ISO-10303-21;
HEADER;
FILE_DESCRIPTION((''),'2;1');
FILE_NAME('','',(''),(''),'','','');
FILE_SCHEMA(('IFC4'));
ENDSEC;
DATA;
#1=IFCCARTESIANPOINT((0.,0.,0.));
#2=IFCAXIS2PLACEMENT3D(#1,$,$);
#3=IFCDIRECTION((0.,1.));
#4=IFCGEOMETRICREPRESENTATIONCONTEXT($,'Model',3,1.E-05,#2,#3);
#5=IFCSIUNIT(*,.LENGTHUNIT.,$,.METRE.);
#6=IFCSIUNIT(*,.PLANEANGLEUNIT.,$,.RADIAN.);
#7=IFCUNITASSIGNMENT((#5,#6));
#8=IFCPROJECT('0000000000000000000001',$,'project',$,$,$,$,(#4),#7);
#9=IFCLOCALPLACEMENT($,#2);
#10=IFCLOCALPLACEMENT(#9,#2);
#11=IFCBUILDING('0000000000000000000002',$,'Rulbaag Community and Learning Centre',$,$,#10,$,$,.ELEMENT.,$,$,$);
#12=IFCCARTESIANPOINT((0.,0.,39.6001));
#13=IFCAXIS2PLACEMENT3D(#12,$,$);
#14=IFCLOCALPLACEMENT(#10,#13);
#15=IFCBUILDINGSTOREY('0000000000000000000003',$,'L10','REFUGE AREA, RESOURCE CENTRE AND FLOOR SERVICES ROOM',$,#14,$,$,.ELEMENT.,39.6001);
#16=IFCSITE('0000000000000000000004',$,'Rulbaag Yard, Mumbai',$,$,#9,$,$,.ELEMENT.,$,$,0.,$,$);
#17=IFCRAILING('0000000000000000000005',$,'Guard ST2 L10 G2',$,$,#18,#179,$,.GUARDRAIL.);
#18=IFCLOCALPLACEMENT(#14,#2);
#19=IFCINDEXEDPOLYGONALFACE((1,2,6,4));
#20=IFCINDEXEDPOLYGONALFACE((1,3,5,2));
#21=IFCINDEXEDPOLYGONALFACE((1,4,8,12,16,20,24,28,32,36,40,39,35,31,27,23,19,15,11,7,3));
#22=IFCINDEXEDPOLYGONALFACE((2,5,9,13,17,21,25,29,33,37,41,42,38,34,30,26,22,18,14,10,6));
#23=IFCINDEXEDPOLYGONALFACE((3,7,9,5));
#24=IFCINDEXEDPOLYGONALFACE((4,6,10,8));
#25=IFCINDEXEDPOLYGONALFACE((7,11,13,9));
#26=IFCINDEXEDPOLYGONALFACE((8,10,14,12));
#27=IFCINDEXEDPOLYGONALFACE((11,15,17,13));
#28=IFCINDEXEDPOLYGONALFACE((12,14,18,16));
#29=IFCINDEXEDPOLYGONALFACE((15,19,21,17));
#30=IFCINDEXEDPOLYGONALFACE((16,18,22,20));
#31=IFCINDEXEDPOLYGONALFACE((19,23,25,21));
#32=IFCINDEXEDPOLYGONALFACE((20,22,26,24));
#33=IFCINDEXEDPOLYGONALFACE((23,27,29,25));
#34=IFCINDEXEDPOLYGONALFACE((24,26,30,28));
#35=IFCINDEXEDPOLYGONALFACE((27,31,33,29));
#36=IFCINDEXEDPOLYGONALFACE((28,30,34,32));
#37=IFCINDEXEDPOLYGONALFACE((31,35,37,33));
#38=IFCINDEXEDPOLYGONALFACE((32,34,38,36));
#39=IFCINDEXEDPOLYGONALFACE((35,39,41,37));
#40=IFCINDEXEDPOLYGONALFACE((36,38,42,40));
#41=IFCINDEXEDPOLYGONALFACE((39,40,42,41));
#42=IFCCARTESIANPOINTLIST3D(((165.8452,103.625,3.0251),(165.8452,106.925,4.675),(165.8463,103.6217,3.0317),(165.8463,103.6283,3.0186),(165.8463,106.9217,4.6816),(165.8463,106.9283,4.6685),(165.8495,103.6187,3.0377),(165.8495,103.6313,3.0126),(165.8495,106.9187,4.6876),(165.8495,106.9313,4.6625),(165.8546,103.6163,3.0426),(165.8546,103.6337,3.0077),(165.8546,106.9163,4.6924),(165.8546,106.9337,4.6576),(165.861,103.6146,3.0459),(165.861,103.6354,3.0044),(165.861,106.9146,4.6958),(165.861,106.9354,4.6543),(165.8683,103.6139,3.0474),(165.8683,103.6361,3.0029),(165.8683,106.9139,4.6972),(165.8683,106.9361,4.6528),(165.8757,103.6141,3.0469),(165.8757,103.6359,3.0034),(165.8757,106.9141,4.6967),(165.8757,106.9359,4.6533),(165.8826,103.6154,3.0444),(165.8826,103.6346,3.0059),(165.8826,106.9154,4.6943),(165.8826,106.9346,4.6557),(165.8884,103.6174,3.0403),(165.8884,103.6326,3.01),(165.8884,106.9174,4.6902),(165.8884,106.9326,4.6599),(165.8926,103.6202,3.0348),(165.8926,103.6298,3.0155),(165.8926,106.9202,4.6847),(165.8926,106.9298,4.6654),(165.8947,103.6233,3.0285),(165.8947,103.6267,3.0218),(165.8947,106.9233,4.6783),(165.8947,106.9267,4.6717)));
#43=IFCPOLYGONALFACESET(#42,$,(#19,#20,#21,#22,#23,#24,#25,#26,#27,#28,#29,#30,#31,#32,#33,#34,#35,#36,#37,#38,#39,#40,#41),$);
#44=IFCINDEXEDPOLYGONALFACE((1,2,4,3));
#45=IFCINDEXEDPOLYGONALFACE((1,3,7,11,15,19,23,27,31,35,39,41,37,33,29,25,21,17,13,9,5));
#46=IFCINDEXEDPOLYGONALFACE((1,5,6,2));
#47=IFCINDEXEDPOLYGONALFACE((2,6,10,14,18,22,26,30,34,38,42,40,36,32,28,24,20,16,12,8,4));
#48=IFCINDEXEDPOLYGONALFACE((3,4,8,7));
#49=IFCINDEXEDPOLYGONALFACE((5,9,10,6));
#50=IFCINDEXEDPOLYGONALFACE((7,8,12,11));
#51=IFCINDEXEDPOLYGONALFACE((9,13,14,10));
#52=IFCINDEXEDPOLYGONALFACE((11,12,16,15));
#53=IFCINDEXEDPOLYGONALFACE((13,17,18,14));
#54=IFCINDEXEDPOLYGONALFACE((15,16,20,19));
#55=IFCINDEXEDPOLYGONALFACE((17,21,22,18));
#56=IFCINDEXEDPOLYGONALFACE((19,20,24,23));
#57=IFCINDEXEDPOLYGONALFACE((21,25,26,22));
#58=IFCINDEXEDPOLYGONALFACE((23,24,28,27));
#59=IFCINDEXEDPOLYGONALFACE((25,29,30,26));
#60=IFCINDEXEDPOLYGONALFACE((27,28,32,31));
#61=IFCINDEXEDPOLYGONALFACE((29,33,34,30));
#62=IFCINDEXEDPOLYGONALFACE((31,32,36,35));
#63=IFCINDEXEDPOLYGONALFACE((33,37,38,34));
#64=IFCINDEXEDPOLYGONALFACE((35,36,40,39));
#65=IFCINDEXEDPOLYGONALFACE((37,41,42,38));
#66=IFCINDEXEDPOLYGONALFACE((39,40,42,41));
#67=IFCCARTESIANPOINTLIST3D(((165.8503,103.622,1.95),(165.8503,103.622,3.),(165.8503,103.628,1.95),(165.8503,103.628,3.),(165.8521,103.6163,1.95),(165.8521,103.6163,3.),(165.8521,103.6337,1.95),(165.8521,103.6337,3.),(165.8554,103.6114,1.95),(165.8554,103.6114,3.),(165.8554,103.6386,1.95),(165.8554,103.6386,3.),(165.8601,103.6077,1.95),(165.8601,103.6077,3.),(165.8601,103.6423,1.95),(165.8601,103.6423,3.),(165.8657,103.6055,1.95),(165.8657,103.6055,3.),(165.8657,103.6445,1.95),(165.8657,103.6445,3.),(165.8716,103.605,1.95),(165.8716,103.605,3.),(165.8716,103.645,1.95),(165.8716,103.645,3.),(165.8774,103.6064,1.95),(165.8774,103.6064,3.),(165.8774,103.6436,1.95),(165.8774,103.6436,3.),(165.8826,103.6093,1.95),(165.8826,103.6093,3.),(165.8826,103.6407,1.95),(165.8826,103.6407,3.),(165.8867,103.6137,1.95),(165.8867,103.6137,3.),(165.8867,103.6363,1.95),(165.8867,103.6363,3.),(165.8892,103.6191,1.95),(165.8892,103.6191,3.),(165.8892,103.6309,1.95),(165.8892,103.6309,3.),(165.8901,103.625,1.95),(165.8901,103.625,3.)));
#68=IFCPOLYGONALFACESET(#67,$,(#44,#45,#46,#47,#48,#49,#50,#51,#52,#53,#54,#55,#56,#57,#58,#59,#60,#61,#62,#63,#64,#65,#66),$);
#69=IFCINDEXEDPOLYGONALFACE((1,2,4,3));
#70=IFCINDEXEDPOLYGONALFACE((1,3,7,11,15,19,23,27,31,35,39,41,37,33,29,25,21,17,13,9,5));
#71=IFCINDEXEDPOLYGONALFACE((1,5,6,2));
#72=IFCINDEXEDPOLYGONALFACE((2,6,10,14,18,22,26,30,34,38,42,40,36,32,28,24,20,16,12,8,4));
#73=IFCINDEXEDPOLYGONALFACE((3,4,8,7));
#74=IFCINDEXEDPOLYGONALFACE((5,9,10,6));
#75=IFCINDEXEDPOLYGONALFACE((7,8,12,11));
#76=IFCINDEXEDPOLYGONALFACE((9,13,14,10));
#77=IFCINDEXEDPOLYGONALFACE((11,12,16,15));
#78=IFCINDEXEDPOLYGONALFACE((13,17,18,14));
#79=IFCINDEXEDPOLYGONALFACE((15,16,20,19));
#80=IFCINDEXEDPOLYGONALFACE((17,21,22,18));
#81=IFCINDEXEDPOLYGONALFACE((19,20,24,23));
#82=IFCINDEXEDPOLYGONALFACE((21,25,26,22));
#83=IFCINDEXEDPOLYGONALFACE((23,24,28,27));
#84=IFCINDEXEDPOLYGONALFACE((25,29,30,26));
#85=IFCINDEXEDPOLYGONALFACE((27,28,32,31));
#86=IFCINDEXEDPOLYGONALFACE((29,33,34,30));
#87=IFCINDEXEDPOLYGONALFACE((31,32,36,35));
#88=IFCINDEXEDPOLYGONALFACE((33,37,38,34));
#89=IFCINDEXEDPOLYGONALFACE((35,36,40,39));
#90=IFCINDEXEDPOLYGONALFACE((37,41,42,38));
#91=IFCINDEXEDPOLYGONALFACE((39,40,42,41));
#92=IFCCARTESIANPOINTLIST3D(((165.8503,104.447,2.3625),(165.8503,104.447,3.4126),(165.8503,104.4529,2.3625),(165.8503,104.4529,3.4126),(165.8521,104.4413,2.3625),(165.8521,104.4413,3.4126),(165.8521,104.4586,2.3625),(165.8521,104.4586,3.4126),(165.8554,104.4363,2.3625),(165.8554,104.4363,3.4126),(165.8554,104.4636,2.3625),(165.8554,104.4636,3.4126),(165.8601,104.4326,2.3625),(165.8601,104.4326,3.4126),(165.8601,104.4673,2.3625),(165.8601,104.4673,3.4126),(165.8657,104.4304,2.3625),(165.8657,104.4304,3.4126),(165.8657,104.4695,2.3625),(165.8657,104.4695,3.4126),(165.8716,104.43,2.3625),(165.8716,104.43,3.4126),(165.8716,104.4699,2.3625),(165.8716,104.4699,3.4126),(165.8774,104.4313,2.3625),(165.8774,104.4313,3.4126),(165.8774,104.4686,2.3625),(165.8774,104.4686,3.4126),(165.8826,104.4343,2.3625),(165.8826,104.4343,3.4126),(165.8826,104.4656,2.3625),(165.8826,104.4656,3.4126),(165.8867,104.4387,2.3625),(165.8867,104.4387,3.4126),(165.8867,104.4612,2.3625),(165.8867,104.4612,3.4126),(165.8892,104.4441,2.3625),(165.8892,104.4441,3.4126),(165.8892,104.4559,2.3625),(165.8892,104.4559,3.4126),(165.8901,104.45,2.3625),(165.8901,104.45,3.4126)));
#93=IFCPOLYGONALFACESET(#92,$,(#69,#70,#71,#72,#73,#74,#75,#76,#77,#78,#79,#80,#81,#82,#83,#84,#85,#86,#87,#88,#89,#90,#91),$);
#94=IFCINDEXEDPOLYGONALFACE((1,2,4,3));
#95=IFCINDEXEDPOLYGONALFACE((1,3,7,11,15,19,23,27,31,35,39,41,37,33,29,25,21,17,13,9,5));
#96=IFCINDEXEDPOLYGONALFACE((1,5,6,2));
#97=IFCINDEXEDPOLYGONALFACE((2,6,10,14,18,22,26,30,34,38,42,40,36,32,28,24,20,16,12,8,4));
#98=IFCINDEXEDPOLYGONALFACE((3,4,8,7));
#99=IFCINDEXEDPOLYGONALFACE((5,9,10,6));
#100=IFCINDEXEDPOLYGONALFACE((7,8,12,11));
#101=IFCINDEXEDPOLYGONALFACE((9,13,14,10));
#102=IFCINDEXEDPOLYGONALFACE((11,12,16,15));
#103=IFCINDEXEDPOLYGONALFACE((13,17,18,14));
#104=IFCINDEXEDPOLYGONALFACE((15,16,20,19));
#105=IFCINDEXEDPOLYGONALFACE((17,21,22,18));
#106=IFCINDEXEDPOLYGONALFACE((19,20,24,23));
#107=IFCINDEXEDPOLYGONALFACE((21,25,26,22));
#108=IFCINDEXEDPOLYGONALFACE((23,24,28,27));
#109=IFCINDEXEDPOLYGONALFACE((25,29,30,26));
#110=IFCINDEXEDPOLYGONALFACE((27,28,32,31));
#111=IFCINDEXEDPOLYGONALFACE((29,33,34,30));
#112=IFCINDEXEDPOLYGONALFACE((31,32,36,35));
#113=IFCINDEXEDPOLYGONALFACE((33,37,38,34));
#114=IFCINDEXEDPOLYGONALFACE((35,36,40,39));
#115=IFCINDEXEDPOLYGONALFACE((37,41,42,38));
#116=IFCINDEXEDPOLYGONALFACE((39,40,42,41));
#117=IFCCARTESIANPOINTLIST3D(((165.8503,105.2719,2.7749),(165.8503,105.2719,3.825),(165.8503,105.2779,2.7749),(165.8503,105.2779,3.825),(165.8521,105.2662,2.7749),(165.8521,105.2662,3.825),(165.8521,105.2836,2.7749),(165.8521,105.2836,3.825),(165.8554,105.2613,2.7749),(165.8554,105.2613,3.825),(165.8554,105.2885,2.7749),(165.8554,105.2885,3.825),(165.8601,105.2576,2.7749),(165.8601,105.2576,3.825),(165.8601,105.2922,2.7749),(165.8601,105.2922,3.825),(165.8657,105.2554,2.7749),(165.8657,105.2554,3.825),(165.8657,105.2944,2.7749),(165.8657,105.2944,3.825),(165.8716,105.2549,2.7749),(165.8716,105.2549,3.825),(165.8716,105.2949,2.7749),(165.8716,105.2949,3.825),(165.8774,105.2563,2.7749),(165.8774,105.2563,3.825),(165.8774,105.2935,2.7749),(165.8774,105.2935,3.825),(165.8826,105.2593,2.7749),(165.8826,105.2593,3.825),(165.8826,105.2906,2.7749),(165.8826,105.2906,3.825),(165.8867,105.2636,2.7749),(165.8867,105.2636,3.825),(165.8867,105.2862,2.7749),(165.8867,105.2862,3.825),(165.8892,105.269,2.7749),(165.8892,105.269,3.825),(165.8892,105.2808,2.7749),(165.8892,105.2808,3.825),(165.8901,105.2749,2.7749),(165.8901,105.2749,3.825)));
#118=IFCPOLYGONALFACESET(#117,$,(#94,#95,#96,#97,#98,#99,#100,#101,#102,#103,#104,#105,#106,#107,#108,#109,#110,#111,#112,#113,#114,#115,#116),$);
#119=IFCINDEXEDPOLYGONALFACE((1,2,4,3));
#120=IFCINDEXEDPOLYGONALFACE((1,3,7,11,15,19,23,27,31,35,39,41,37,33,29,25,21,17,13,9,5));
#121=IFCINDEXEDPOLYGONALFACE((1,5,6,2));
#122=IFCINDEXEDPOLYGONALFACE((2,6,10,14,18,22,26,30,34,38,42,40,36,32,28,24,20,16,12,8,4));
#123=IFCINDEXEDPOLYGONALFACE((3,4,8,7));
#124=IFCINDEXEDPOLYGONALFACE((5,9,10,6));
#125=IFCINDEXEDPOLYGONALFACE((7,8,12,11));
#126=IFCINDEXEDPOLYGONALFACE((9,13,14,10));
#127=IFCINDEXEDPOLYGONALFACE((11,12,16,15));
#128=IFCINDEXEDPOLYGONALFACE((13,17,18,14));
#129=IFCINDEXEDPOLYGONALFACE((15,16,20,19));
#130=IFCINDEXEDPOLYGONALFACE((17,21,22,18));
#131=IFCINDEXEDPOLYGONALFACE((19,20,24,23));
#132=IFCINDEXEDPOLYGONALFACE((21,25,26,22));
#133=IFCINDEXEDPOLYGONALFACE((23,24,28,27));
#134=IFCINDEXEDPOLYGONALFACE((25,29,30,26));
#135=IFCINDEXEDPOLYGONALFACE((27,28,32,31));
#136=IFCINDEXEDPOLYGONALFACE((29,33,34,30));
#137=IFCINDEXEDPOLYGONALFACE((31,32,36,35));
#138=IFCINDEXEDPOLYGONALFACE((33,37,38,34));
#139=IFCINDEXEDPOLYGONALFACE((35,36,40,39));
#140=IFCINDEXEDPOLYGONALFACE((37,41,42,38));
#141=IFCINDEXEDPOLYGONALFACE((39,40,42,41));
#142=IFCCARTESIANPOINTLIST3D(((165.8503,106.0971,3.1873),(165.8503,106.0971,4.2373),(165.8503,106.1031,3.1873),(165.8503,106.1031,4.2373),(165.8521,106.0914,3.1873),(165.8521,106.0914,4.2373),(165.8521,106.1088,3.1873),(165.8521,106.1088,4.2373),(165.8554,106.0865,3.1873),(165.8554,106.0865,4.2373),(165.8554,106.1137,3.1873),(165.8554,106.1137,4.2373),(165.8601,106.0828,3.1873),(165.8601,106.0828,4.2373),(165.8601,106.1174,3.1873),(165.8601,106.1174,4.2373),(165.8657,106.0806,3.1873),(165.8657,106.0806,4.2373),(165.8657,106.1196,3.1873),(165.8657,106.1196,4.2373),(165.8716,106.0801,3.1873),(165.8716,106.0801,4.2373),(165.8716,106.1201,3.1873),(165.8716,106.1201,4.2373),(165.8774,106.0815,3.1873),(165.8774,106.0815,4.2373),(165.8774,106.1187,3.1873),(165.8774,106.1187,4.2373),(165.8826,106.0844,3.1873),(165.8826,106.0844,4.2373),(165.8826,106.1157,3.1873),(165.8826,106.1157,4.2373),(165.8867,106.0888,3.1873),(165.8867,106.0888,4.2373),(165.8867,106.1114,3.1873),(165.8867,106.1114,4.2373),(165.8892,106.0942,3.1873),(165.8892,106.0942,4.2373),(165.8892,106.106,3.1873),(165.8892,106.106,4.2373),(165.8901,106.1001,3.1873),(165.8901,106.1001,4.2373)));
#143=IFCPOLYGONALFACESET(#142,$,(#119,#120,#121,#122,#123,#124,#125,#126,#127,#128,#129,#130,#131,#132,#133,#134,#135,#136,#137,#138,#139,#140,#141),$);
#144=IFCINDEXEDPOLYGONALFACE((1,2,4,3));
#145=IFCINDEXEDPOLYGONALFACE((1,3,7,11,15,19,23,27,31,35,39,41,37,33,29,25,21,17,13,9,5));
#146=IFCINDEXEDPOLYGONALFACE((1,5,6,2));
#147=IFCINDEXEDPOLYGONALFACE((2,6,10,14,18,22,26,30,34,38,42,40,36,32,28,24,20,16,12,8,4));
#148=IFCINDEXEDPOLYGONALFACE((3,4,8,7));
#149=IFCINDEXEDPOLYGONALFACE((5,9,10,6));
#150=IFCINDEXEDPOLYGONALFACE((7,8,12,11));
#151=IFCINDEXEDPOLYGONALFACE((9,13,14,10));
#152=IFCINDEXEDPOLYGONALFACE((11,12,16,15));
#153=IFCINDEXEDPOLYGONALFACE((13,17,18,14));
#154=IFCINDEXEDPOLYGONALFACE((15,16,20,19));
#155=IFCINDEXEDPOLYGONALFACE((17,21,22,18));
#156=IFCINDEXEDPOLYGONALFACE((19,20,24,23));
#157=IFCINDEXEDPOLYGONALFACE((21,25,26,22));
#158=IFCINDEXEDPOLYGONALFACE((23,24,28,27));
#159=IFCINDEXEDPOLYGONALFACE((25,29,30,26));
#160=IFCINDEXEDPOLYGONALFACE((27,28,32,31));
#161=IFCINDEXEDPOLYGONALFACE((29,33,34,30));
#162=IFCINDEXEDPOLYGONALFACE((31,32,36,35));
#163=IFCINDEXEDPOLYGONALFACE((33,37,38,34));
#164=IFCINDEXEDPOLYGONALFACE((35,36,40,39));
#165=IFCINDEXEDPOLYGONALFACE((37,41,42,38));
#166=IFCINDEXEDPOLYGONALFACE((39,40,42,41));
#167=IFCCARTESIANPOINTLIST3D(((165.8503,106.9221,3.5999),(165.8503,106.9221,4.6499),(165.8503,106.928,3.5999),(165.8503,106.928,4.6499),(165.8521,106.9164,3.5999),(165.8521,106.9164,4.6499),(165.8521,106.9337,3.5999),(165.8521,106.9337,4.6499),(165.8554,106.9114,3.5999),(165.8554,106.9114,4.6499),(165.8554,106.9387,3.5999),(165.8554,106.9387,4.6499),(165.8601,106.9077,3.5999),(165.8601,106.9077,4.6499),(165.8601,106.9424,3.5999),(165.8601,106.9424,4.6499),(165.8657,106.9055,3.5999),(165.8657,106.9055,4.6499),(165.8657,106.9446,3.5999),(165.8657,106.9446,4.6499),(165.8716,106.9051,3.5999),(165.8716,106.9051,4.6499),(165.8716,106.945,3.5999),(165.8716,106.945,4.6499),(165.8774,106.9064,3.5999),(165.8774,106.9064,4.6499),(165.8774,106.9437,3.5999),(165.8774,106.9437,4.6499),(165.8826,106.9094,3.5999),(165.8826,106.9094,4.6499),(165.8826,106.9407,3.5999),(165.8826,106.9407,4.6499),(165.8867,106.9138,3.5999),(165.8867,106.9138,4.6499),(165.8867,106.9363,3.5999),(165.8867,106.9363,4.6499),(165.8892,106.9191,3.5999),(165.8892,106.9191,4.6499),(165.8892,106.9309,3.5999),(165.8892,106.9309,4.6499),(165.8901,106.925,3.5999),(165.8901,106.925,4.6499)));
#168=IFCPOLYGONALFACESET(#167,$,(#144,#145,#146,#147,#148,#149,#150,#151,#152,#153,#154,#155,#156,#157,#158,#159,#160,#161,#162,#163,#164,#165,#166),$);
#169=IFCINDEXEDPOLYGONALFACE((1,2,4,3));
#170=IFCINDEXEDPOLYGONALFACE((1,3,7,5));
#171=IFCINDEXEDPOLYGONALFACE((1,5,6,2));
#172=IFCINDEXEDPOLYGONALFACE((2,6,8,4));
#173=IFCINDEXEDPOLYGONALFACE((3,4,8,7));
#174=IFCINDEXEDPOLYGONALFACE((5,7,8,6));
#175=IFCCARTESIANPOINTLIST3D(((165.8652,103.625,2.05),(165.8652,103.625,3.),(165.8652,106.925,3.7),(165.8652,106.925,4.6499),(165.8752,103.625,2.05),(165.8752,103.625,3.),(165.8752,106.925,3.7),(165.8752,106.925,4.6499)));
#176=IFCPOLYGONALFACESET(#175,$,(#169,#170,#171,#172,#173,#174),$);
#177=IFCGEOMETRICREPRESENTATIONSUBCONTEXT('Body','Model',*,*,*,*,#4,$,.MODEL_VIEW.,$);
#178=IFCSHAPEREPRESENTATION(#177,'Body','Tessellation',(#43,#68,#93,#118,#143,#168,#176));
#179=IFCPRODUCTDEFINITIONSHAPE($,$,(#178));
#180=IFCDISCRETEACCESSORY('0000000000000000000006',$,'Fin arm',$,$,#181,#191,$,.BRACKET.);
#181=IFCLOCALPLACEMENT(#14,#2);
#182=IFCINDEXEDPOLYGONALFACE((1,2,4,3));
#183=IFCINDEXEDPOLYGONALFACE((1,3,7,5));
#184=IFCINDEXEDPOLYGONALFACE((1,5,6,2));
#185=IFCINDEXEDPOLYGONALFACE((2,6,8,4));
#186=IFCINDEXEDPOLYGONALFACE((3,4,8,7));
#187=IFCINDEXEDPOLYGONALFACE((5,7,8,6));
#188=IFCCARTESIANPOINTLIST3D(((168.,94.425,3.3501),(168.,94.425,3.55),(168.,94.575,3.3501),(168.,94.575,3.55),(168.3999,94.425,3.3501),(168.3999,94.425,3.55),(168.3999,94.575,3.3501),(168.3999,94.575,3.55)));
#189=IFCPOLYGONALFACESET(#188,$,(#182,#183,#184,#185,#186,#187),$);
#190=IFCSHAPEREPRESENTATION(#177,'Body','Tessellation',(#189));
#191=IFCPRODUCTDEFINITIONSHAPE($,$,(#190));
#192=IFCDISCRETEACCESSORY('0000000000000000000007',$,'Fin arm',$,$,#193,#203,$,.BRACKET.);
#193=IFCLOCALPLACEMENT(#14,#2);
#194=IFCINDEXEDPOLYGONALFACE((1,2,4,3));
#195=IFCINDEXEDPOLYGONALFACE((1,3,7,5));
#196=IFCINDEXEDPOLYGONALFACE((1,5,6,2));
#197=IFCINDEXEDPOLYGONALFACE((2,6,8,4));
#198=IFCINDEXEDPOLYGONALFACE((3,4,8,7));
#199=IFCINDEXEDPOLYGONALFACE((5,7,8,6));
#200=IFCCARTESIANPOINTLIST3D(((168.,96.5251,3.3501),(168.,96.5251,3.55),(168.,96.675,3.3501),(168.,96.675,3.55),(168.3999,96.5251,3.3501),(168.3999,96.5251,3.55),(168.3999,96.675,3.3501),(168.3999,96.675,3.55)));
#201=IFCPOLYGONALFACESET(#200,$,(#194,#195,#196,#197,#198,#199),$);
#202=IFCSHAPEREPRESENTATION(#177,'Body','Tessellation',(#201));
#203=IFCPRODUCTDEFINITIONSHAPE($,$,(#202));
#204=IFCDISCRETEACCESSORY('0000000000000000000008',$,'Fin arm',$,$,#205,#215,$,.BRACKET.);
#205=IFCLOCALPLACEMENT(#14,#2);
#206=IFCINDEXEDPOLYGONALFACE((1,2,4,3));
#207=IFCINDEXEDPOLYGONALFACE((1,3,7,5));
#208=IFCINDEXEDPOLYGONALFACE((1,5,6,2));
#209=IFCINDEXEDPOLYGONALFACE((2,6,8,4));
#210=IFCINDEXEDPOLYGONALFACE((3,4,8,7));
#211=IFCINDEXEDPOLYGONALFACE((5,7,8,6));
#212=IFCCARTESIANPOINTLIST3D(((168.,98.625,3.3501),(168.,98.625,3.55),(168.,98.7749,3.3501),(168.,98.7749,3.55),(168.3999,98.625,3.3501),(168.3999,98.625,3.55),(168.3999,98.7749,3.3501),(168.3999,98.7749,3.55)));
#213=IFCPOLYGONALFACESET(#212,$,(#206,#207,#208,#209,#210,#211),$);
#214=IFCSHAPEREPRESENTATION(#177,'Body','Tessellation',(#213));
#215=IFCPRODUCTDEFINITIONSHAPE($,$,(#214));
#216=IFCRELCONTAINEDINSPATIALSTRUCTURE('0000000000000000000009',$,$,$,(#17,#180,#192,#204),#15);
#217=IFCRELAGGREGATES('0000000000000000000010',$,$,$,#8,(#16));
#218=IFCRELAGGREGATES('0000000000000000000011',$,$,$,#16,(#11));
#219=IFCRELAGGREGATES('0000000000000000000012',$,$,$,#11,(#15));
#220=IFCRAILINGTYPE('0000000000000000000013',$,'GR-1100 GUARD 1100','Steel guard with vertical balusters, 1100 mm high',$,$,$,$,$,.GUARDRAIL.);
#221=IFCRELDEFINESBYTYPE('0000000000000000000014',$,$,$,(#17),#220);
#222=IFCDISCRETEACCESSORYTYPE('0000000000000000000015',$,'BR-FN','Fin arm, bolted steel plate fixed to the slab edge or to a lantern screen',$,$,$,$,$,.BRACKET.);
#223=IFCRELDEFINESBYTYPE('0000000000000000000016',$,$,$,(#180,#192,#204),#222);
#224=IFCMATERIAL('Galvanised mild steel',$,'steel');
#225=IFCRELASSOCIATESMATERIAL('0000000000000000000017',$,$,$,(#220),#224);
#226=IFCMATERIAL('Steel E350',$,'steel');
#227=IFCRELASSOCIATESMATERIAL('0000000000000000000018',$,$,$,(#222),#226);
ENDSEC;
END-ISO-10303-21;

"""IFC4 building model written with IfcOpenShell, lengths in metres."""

from ifc_helpers import new_model, si_unit, direction, frame, origin, origin_2d, place, context, subcontext, project, spatial, polyline, rectangle, circle, outline, extrude, material, type_object, element, save


model = new_model("IFC4")

# Units and contexts
model_context = context("Model", 3, precision=1e-05, world=origin(), true_north=direction((0.0, 1.0)))
body_context = subcontext(model_context, "Body", "Model", "MODEL_VIEW")
ifc_project = project(units=[si_unit("LENGTHUNIT", "METRE"), si_unit("PLANEANGLEUNIT", "RADIAN")], contexts=[model_context])

# Site, building, storey
site_placement = place(None, origin())
site = spatial("IfcSite", under=ifc_project, at=site_placement, Name="Rulbaag Yard, Mumbai", CompositionType="ELEMENT", RefElevation=0.0)
building_placement = place(site_placement, origin())
building = spatial("IfcBuilding", under=site, at=building_placement, Name="Rulbaag Community and Learning Centre", CompositionType="ELEMENT")
storey_placement = place(building_placement, frame((0.0, 0.0, 39.6001)))
storey = spatial("IfcBuildingStorey", under=building, at=storey_placement, Name="L10", Description="REFUGE AREA, RESOURCE CENTRE AND FLOOR SERVICES ROOM", CompositionType="ELEMENT", Elevation=39.6001)

# Railing
ifc_material_1 = material(Name="Galvanised mild steel", Category="steel")
railing_type = type_object("IfcRailingType", Name="GR-1100 GUARD 1100", Description="Steel guard with vertical balusters, 1100 mm high", PredefinedType="GUARDRAIL", material=ifc_material_1)
railing_1_placement = place(storey_placement, frame((165.8701, 103.625, 1.95)))
element("IfcRailing", 1, at=railing_1_placement, inside=storey, type_object=railing_type, Name="Guard ST2 L10 G2", PredefinedType="GUARDRAIL", context=body_context, shape_type="SweptSolid", body=[
    extrude(circle(Radius=0.0249, at=origin_2d()), frame((0.0, 0.0, 1.0752), z_axis=(0.0, 0.89444, 0.447187), x_axis=(-1.0, 0.0, 0.0)), (0.0, 0.0, 1.0), 3.6895),
    extrude(circle(Radius=0.02, at=origin_2d()), origin(), (0.0, 0.0, 1.0), 1.05),
    extrude(circle(Radius=0.02, at=origin_2d()), frame((0.0, 0.825, 0.4126)), (0.0, 0.0, 1.0), 1.05),
    extrude(circle(Radius=0.02, at=origin_2d()), frame((0.0, 1.6499, 0.825)), (0.0, 0.0, 1.0), 1.05),
    extrude(circle(Radius=0.02, at=origin_2d()), frame((0.0, 2.4751, 1.2373)), (0.0, 0.0, 1.0), 1.05),
    extrude(circle(Radius=0.02, at=origin_2d()), frame((0.0, 3.3, 1.6499)), (0.0, 0.0, 1.0), 1.05),
    extrude(outline(polyline([(0.0, 0.0), (3.3, 1.6499), (3.3, 2.5999), (0.0, 0.95), (0.0, 0.0)])), frame((-0.0049, 0.0, 0.1001), z_axis=(1.0, 0.0, 0.0), x_axis=(0.0, 1.0, 0.0)), (0.0, 0.0, 1.0), 0.01),
])

# Discrete accessories
ifc_material_2 = material(Name="Steel E350", Category="steel")
discrete_accessory_type = type_object("IfcDiscreteAccessoryType", Name="BR-FN", Description="Fin arm, bolted steel plate fixed to the slab edge or to a lantern screen", PredefinedType="BRACKET", material=ifc_material_2)
for number, where, z_axis, x_axis, name in (
    (2, (168.2, 94.5, 3.3501), (0.0, 0.0, 1.0), (1.0, 0.0, 0.0), "Fin arm"),
    (3, (168.2, 96.6001, 3.3501), (0.0, 0.0, 1.0), (1.0, 0.0, 0.0), "Fin arm"),
    (4, (168.2, 98.7, 3.3501), (0.0, 0.0, 1.0), (1.0, 0.0, 0.0), "Fin arm"),
):
    element("IfcDiscreteAccessory", number, at=place(storey_placement, frame(where, z_axis=z_axis, x_axis=x_axis)), inside=storey, type_object=discrete_accessory_type, Name=name, PredefinedType="BRACKET", context=body_context, shape_type="SweptSolid", body=[
        extrude(rectangle(XDim=0.3999, YDim=0.1499, at=origin_2d()), origin(), (0.0, 0.0, 1.0), 0.2),
    ])

save(model, "model.ifc")
